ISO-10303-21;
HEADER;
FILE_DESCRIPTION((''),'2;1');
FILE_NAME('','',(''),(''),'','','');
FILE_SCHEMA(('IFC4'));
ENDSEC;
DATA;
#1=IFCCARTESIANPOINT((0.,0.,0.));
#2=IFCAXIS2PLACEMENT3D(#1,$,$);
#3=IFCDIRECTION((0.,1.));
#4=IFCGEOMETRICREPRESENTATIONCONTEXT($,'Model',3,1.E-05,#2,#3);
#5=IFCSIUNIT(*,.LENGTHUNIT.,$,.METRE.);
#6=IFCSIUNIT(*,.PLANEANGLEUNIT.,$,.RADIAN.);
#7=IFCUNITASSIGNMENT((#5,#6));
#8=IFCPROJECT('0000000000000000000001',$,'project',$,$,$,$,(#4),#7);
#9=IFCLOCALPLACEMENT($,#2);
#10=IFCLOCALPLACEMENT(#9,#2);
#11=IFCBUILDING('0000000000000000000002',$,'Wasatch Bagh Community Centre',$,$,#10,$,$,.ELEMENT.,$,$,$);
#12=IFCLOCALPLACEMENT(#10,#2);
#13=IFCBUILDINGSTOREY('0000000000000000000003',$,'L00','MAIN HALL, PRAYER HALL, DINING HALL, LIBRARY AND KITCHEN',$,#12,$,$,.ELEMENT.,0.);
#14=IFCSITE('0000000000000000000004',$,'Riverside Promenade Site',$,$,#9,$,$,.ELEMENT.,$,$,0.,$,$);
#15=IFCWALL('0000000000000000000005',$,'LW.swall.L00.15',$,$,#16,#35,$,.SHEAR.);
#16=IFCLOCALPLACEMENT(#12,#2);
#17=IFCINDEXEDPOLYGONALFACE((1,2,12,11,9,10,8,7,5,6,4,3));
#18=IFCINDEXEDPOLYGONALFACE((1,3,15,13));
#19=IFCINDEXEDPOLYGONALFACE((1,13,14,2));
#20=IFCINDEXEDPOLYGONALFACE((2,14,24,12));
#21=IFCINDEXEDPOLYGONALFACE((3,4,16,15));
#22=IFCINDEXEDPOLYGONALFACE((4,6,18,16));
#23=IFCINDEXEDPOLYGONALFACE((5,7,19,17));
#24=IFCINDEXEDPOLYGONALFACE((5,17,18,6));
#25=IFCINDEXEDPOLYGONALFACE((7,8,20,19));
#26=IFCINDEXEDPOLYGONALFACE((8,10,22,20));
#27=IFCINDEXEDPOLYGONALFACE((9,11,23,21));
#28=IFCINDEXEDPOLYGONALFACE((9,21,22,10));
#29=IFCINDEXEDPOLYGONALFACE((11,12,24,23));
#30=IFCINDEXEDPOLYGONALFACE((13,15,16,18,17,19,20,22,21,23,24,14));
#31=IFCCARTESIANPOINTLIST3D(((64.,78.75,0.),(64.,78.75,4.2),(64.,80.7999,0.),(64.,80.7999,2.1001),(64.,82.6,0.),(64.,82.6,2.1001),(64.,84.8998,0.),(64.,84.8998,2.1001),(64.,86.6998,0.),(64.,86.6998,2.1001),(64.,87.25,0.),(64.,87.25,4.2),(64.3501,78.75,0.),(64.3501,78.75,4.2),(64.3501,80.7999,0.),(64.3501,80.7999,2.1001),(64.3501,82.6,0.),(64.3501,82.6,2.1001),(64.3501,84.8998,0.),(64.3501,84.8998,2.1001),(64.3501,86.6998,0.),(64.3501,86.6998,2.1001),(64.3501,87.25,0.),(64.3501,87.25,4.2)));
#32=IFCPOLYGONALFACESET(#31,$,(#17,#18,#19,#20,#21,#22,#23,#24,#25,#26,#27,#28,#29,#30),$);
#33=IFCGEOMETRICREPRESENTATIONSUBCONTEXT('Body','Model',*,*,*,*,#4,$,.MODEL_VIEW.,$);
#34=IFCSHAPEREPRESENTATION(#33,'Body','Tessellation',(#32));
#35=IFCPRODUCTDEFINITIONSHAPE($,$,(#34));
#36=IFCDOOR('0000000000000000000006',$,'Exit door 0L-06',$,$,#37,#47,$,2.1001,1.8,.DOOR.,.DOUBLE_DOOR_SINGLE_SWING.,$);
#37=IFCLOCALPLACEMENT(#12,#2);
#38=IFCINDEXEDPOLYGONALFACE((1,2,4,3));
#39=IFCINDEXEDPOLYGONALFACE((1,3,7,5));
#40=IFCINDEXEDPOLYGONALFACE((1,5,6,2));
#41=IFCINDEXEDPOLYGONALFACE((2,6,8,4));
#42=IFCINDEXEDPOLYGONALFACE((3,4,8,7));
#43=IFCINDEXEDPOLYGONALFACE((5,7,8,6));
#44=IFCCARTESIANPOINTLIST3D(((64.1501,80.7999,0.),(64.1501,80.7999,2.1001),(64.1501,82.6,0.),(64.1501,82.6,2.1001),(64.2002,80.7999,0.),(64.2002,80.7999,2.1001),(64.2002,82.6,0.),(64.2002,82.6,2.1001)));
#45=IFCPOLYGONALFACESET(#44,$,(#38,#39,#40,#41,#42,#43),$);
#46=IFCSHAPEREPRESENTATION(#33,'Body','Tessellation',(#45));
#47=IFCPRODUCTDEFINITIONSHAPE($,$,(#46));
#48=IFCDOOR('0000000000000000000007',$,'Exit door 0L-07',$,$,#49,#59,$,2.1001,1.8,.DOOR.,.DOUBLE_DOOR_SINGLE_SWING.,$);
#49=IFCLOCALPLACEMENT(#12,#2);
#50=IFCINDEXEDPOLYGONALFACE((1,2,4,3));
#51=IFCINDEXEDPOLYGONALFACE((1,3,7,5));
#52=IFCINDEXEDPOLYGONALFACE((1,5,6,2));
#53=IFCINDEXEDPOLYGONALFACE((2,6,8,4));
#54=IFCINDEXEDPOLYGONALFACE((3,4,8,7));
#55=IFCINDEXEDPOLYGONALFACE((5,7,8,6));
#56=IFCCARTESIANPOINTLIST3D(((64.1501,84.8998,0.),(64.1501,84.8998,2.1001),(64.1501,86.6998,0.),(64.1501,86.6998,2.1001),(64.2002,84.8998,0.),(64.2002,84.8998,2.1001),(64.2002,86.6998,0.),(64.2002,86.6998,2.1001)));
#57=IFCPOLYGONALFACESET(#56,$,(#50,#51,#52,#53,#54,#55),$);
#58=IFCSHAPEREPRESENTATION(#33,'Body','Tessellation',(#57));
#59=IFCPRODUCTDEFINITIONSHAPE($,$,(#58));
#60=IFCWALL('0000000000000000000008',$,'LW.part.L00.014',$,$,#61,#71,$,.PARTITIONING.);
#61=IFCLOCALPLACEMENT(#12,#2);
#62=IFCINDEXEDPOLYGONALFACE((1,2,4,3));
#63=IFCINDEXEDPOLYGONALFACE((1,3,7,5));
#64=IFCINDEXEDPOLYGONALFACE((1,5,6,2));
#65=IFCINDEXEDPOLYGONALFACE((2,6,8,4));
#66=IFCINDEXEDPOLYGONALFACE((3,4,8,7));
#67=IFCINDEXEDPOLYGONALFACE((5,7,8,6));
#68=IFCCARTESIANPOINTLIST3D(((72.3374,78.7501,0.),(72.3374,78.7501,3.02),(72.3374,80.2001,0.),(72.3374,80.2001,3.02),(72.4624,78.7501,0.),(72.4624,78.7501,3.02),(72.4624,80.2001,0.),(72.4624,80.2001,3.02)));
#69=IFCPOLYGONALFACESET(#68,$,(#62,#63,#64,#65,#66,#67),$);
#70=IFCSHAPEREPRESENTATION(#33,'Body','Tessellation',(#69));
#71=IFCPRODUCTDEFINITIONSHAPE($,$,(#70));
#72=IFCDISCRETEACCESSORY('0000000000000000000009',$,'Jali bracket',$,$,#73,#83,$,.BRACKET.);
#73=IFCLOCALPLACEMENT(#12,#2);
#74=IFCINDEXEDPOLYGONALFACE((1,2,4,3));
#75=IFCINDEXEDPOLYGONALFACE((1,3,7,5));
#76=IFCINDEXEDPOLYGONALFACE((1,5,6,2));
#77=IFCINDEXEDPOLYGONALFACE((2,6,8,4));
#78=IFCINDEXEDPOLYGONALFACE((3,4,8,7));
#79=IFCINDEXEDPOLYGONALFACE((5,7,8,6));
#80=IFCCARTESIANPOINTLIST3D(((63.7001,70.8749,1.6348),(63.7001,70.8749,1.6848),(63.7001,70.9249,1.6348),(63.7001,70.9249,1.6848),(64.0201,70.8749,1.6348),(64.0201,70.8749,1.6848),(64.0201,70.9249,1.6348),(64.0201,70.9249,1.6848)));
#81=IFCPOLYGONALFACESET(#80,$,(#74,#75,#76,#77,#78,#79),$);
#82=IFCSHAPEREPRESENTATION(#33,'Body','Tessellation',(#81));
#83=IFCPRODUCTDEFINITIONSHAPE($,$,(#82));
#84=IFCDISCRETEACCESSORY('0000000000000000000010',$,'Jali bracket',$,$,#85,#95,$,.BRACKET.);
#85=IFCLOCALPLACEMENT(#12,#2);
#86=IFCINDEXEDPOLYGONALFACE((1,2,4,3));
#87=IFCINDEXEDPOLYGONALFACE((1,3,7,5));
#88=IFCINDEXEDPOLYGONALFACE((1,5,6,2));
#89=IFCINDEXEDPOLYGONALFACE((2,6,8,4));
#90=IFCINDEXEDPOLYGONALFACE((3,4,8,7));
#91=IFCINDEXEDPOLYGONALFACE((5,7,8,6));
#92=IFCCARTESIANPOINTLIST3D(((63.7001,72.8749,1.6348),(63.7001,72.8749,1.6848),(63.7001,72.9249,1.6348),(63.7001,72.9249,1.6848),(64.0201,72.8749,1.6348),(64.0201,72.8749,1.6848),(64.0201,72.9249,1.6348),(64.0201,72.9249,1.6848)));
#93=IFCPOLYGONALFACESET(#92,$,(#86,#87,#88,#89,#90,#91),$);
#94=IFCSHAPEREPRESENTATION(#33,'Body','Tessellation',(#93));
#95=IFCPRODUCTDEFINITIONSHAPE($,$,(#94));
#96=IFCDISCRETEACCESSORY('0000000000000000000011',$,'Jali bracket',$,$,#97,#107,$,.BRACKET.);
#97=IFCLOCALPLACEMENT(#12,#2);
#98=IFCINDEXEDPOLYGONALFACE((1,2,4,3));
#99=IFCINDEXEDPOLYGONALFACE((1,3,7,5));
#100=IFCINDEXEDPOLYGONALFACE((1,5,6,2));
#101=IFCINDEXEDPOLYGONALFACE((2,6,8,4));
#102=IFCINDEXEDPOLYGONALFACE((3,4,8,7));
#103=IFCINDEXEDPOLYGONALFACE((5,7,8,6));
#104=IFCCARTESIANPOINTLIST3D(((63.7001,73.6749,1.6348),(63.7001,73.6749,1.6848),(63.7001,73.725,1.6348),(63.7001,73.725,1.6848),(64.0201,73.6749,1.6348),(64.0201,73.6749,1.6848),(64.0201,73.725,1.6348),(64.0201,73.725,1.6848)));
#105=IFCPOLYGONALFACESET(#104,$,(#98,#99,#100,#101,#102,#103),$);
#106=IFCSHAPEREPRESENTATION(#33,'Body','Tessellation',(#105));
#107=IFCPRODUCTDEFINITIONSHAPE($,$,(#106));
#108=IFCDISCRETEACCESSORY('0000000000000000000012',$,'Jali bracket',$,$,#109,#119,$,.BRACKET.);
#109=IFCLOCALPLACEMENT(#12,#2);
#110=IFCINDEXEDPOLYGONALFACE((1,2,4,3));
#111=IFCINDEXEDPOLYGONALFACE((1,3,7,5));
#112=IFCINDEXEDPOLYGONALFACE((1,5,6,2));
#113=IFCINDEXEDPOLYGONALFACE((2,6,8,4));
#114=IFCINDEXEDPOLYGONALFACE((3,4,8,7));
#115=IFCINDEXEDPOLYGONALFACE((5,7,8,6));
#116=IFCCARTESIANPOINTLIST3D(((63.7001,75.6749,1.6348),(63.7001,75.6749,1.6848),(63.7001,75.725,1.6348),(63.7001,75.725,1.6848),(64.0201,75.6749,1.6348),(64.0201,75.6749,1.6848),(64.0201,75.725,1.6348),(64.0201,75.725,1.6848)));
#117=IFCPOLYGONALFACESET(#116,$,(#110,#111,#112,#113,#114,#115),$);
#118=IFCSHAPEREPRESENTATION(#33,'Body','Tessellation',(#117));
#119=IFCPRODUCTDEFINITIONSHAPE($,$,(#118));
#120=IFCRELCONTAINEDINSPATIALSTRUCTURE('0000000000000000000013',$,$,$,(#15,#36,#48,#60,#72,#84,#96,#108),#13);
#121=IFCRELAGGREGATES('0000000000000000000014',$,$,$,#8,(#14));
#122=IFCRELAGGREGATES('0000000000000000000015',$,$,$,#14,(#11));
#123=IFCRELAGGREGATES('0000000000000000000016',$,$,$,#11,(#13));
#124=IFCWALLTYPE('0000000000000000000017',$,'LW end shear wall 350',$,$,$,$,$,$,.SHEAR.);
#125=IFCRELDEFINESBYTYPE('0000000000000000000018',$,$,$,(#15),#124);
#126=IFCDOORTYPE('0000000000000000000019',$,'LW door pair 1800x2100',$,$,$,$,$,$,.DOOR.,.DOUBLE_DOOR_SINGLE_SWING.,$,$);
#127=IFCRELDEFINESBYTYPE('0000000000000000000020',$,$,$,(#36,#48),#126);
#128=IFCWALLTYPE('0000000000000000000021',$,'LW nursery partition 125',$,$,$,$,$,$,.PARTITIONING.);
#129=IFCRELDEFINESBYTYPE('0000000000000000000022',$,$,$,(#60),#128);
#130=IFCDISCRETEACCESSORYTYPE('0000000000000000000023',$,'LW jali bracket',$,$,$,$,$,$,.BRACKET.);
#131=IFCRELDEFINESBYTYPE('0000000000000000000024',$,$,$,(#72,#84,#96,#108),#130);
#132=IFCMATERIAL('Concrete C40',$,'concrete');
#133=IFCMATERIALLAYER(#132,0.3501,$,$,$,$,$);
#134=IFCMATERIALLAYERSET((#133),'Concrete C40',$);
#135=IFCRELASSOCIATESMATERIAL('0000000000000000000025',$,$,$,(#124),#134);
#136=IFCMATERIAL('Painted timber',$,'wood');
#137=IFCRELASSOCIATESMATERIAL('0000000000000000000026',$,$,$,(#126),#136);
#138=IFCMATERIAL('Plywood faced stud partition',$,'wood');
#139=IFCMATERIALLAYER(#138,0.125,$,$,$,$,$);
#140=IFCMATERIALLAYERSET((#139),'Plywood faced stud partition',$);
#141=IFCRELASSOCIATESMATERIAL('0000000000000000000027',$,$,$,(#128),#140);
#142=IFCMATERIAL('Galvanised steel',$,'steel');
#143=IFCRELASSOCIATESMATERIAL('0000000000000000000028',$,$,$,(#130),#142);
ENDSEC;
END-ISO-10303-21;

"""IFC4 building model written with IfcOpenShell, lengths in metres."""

from ifc_helpers import new_model, si_unit, direction, frame, frame_2d, origin, origin_2d, place, context, subcontext, project, spatial, rectangle, extrude, material, layer, layer_set, type_object, element, fill, save


model = new_model("IFC4")

# Units and contexts
model_context = context("Model", 3, precision=1e-05, world=origin(), true_north=direction((0.0, 1.0)))
body_context = subcontext(model_context, "Body", "Model", "MODEL_VIEW")
ifc_project = project(units=[si_unit("LENGTHUNIT", "METRE"), si_unit("PLANEANGLEUNIT", "RADIAN")], contexts=[model_context])

# Site, building, storey
site_placement = place(None, origin())
site = spatial("IfcSite", under=ifc_project, at=site_placement, Name="Riverside Promenade Site", CompositionType="ELEMENT", RefElevation=0.0)
building_placement = place(site_placement, origin())
building = spatial("IfcBuilding", under=site, at=building_placement, Name="Wasatch Bagh Community Centre", CompositionType="ELEMENT")
storey_placement = place(building_placement, origin())
storey = spatial("IfcBuildingStorey", under=building, at=storey_placement, Name="L00", Description="MAIN HALL, PRAYER HALL, DINING HALL, LIBRARY AND KITCHEN", CompositionType="ELEMENT", Elevation=0.0)

# Shared definitions
ifc_material_1 = material(Name="Concrete C40", Category="concrete")

# Wall, openings, doors
ifc_layer_1 = layer(ifc_material_1, 0.3501)
ifc_layer_set_1 = layer_set([ifc_layer_1], Name="Concrete C40")
wall_type_1 = type_object("IfcWallType", Name="LW end shear wall 350", PredefinedType="SHEAR", material=ifc_layer_set_1)
wall_1_placement = place(storey_placement, frame((64.175, 78.75, 0.0), z_axis=(0.0, 0.0, 1.0), x_axis=(0.0, 1.0, 0.0)))
wall_1 = element("IfcWall", 1, at=wall_1_placement, inside=storey, type_object=wall_type_1, Name="LW.swall.L00.15", PredefinedType="SHEAR", context=body_context, shape_type="SweptSolid", body=[
    extrude(rectangle(XDim=8.5, YDim=0.3501, at=frame_2d((4.25, 0.0))), origin(), (0.0, 0.0, 1.0), 4.2),
])
opening_1_placement = place(wall_1_placement, frame((2.05, 0.0, 0.0)))
opening_1 = element("IfcOpeningElement", 2, at=opening_1_placement, cuts=wall_1, PredefinedType="OPENING", context=body_context, shape_type="SweptSolid", body=[
    extrude(rectangle(XDim=1.8, YDim=2.1001, at=frame_2d((0.8999, 1.05))), frame((0.0, 0.1851, 0.0), z_axis=(0.0, -1.0, 0.0), x_axis=(1.0, 0.0, 0.0)), (0.0, 0.0, 1.0), 0.3701),
])
opening_2_placement = place(wall_1_placement, frame((6.1499, 0.0, 0.0)))
opening_2 = element("IfcOpeningElement", 3, at=opening_2_placement, cuts=wall_1, PredefinedType="OPENING", context=body_context, shape_type="SweptSolid", body=[
    extrude(rectangle(XDim=1.8, YDim=2.1001, at=frame_2d((0.8999, 1.05))), frame((0.0, 0.1851, 0.0), z_axis=(0.0, -1.0, 0.0), x_axis=(1.0, 0.0, 0.0)), (0.0, 0.0, 1.0), 0.3701),
])
ifc_material_2 = material(Name="Painted timber", Category="wood")
door_type = type_object("IfcDoorType", Name="LW door pair 1800x2100", OperationType="DOUBLE_DOOR_SINGLE_SWING", PredefinedType="DOOR", material=ifc_material_2)
door_1_placement = place(opening_1_placement, origin())
door_1 = element("IfcDoor", 4, at=door_1_placement, inside=storey, type_object=door_type, Name="Exit door 0L-06", OperationType="DOUBLE_DOOR_SINGLE_SWING", OverallHeight=2.1001, OverallWidth=1.8, PredefinedType="DOOR", context=body_context, shape_type="SweptSolid", body=[
    extrude(rectangle(XDim=1.8, YDim=2.1001, at=frame_2d((0.8999, 1.05))), frame((0.0, 0.0249, 0.0), z_axis=(0.0, -1.0, 0.0), x_axis=(1.0, 0.0, 0.0)), (0.0, 0.0, 1.0), 0.05),
])
fill(opening_1, door_1)
door_2_placement = place(opening_2_placement, origin())
door_2 = element("IfcDoor", 5, at=door_2_placement, inside=storey, type_object=door_type, Name="Exit door 0L-07", OperationType="DOUBLE_DOOR_SINGLE_SWING", OverallHeight=2.1001, OverallWidth=1.8, PredefinedType="DOOR", context=body_context, shape_type="SweptSolid", body=[
    extrude(rectangle(XDim=1.8, YDim=2.1001, at=frame_2d((0.8999, 1.05))), frame((0.0, 0.0249, 0.0), z_axis=(0.0, -1.0, 0.0), x_axis=(1.0, 0.0, 0.0)), (0.0, 0.0, 1.0), 0.05),
])
fill(opening_2, door_2)

# Wall
ifc_material_3 = material(Name="Plywood faced stud partition", Category="wood")
ifc_layer_2 = layer(ifc_material_3, 0.125)
ifc_layer_set_2 = layer_set([ifc_layer_2], Name="Plywood faced stud partition")
wall_type_2 = type_object("IfcWallType", Name="LW nursery partition 125", PredefinedType="PARTITIONING", material=ifc_layer_set_2)
wall_2_placement = place(storey_placement, frame((72.3999, 78.75, 0.0), z_axis=(0.0, 0.0, 1.0), x_axis=(0.0, 1.0, 0.0)))
element("IfcWall", 6, at=wall_2_placement, inside=storey, type_object=wall_type_2, Name="LW.part.L00.014", PredefinedType="PARTITIONING", context=body_context, shape_type="SweptSolid", body=[
    extrude(rectangle(XDim=1.45, YDim=0.125, at=frame_2d((0.7251, 0.0))), origin(), (0.0, 0.0, 1.0), 3.02),
])

# Discrete accessories
ifc_material_4 = material(Name="Galvanised steel", Category="steel")
discrete_accessory_type = type_object("IfcDiscreteAccessoryType", Name="LW jali bracket", PredefinedType="BRACKET", material=ifc_material_4)
for number, where, z_axis, x_axis, name in (
    (7, (63.8601, 70.8999, 1.6348), (0.0, 0.0, 1.0), (1.0, 0.0, 0.0), "Jali bracket"),
    (8, (63.8601, 72.8999, 1.6348), (0.0, 0.0, 1.0), (1.0, 0.0, 0.0), "Jali bracket"),
    (9, (63.8601, 73.7, 1.6348), (0.0, 0.0, 1.0), (1.0, 0.0, 0.0), "Jali bracket"),
    (10, (63.8601, 75.7, 1.6348), (0.0, 0.0, 1.0), (1.0, 0.0, 0.0), "Jali bracket"),
):
    element("IfcDiscreteAccessory", number, at=place(storey_placement, frame(where, z_axis=z_axis, x_axis=x_axis)), inside=storey, type_object=discrete_accessory_type, Name=name, PredefinedType="BRACKET", context=body_context, shape_type="SweptSolid", body=[
        extrude(rectangle(XDim=0.3201, YDim=0.05, at=origin_2d()), origin(), (0.0, 0.0, 1.0), 0.05),
    ])

save(model, "model.ifc")
